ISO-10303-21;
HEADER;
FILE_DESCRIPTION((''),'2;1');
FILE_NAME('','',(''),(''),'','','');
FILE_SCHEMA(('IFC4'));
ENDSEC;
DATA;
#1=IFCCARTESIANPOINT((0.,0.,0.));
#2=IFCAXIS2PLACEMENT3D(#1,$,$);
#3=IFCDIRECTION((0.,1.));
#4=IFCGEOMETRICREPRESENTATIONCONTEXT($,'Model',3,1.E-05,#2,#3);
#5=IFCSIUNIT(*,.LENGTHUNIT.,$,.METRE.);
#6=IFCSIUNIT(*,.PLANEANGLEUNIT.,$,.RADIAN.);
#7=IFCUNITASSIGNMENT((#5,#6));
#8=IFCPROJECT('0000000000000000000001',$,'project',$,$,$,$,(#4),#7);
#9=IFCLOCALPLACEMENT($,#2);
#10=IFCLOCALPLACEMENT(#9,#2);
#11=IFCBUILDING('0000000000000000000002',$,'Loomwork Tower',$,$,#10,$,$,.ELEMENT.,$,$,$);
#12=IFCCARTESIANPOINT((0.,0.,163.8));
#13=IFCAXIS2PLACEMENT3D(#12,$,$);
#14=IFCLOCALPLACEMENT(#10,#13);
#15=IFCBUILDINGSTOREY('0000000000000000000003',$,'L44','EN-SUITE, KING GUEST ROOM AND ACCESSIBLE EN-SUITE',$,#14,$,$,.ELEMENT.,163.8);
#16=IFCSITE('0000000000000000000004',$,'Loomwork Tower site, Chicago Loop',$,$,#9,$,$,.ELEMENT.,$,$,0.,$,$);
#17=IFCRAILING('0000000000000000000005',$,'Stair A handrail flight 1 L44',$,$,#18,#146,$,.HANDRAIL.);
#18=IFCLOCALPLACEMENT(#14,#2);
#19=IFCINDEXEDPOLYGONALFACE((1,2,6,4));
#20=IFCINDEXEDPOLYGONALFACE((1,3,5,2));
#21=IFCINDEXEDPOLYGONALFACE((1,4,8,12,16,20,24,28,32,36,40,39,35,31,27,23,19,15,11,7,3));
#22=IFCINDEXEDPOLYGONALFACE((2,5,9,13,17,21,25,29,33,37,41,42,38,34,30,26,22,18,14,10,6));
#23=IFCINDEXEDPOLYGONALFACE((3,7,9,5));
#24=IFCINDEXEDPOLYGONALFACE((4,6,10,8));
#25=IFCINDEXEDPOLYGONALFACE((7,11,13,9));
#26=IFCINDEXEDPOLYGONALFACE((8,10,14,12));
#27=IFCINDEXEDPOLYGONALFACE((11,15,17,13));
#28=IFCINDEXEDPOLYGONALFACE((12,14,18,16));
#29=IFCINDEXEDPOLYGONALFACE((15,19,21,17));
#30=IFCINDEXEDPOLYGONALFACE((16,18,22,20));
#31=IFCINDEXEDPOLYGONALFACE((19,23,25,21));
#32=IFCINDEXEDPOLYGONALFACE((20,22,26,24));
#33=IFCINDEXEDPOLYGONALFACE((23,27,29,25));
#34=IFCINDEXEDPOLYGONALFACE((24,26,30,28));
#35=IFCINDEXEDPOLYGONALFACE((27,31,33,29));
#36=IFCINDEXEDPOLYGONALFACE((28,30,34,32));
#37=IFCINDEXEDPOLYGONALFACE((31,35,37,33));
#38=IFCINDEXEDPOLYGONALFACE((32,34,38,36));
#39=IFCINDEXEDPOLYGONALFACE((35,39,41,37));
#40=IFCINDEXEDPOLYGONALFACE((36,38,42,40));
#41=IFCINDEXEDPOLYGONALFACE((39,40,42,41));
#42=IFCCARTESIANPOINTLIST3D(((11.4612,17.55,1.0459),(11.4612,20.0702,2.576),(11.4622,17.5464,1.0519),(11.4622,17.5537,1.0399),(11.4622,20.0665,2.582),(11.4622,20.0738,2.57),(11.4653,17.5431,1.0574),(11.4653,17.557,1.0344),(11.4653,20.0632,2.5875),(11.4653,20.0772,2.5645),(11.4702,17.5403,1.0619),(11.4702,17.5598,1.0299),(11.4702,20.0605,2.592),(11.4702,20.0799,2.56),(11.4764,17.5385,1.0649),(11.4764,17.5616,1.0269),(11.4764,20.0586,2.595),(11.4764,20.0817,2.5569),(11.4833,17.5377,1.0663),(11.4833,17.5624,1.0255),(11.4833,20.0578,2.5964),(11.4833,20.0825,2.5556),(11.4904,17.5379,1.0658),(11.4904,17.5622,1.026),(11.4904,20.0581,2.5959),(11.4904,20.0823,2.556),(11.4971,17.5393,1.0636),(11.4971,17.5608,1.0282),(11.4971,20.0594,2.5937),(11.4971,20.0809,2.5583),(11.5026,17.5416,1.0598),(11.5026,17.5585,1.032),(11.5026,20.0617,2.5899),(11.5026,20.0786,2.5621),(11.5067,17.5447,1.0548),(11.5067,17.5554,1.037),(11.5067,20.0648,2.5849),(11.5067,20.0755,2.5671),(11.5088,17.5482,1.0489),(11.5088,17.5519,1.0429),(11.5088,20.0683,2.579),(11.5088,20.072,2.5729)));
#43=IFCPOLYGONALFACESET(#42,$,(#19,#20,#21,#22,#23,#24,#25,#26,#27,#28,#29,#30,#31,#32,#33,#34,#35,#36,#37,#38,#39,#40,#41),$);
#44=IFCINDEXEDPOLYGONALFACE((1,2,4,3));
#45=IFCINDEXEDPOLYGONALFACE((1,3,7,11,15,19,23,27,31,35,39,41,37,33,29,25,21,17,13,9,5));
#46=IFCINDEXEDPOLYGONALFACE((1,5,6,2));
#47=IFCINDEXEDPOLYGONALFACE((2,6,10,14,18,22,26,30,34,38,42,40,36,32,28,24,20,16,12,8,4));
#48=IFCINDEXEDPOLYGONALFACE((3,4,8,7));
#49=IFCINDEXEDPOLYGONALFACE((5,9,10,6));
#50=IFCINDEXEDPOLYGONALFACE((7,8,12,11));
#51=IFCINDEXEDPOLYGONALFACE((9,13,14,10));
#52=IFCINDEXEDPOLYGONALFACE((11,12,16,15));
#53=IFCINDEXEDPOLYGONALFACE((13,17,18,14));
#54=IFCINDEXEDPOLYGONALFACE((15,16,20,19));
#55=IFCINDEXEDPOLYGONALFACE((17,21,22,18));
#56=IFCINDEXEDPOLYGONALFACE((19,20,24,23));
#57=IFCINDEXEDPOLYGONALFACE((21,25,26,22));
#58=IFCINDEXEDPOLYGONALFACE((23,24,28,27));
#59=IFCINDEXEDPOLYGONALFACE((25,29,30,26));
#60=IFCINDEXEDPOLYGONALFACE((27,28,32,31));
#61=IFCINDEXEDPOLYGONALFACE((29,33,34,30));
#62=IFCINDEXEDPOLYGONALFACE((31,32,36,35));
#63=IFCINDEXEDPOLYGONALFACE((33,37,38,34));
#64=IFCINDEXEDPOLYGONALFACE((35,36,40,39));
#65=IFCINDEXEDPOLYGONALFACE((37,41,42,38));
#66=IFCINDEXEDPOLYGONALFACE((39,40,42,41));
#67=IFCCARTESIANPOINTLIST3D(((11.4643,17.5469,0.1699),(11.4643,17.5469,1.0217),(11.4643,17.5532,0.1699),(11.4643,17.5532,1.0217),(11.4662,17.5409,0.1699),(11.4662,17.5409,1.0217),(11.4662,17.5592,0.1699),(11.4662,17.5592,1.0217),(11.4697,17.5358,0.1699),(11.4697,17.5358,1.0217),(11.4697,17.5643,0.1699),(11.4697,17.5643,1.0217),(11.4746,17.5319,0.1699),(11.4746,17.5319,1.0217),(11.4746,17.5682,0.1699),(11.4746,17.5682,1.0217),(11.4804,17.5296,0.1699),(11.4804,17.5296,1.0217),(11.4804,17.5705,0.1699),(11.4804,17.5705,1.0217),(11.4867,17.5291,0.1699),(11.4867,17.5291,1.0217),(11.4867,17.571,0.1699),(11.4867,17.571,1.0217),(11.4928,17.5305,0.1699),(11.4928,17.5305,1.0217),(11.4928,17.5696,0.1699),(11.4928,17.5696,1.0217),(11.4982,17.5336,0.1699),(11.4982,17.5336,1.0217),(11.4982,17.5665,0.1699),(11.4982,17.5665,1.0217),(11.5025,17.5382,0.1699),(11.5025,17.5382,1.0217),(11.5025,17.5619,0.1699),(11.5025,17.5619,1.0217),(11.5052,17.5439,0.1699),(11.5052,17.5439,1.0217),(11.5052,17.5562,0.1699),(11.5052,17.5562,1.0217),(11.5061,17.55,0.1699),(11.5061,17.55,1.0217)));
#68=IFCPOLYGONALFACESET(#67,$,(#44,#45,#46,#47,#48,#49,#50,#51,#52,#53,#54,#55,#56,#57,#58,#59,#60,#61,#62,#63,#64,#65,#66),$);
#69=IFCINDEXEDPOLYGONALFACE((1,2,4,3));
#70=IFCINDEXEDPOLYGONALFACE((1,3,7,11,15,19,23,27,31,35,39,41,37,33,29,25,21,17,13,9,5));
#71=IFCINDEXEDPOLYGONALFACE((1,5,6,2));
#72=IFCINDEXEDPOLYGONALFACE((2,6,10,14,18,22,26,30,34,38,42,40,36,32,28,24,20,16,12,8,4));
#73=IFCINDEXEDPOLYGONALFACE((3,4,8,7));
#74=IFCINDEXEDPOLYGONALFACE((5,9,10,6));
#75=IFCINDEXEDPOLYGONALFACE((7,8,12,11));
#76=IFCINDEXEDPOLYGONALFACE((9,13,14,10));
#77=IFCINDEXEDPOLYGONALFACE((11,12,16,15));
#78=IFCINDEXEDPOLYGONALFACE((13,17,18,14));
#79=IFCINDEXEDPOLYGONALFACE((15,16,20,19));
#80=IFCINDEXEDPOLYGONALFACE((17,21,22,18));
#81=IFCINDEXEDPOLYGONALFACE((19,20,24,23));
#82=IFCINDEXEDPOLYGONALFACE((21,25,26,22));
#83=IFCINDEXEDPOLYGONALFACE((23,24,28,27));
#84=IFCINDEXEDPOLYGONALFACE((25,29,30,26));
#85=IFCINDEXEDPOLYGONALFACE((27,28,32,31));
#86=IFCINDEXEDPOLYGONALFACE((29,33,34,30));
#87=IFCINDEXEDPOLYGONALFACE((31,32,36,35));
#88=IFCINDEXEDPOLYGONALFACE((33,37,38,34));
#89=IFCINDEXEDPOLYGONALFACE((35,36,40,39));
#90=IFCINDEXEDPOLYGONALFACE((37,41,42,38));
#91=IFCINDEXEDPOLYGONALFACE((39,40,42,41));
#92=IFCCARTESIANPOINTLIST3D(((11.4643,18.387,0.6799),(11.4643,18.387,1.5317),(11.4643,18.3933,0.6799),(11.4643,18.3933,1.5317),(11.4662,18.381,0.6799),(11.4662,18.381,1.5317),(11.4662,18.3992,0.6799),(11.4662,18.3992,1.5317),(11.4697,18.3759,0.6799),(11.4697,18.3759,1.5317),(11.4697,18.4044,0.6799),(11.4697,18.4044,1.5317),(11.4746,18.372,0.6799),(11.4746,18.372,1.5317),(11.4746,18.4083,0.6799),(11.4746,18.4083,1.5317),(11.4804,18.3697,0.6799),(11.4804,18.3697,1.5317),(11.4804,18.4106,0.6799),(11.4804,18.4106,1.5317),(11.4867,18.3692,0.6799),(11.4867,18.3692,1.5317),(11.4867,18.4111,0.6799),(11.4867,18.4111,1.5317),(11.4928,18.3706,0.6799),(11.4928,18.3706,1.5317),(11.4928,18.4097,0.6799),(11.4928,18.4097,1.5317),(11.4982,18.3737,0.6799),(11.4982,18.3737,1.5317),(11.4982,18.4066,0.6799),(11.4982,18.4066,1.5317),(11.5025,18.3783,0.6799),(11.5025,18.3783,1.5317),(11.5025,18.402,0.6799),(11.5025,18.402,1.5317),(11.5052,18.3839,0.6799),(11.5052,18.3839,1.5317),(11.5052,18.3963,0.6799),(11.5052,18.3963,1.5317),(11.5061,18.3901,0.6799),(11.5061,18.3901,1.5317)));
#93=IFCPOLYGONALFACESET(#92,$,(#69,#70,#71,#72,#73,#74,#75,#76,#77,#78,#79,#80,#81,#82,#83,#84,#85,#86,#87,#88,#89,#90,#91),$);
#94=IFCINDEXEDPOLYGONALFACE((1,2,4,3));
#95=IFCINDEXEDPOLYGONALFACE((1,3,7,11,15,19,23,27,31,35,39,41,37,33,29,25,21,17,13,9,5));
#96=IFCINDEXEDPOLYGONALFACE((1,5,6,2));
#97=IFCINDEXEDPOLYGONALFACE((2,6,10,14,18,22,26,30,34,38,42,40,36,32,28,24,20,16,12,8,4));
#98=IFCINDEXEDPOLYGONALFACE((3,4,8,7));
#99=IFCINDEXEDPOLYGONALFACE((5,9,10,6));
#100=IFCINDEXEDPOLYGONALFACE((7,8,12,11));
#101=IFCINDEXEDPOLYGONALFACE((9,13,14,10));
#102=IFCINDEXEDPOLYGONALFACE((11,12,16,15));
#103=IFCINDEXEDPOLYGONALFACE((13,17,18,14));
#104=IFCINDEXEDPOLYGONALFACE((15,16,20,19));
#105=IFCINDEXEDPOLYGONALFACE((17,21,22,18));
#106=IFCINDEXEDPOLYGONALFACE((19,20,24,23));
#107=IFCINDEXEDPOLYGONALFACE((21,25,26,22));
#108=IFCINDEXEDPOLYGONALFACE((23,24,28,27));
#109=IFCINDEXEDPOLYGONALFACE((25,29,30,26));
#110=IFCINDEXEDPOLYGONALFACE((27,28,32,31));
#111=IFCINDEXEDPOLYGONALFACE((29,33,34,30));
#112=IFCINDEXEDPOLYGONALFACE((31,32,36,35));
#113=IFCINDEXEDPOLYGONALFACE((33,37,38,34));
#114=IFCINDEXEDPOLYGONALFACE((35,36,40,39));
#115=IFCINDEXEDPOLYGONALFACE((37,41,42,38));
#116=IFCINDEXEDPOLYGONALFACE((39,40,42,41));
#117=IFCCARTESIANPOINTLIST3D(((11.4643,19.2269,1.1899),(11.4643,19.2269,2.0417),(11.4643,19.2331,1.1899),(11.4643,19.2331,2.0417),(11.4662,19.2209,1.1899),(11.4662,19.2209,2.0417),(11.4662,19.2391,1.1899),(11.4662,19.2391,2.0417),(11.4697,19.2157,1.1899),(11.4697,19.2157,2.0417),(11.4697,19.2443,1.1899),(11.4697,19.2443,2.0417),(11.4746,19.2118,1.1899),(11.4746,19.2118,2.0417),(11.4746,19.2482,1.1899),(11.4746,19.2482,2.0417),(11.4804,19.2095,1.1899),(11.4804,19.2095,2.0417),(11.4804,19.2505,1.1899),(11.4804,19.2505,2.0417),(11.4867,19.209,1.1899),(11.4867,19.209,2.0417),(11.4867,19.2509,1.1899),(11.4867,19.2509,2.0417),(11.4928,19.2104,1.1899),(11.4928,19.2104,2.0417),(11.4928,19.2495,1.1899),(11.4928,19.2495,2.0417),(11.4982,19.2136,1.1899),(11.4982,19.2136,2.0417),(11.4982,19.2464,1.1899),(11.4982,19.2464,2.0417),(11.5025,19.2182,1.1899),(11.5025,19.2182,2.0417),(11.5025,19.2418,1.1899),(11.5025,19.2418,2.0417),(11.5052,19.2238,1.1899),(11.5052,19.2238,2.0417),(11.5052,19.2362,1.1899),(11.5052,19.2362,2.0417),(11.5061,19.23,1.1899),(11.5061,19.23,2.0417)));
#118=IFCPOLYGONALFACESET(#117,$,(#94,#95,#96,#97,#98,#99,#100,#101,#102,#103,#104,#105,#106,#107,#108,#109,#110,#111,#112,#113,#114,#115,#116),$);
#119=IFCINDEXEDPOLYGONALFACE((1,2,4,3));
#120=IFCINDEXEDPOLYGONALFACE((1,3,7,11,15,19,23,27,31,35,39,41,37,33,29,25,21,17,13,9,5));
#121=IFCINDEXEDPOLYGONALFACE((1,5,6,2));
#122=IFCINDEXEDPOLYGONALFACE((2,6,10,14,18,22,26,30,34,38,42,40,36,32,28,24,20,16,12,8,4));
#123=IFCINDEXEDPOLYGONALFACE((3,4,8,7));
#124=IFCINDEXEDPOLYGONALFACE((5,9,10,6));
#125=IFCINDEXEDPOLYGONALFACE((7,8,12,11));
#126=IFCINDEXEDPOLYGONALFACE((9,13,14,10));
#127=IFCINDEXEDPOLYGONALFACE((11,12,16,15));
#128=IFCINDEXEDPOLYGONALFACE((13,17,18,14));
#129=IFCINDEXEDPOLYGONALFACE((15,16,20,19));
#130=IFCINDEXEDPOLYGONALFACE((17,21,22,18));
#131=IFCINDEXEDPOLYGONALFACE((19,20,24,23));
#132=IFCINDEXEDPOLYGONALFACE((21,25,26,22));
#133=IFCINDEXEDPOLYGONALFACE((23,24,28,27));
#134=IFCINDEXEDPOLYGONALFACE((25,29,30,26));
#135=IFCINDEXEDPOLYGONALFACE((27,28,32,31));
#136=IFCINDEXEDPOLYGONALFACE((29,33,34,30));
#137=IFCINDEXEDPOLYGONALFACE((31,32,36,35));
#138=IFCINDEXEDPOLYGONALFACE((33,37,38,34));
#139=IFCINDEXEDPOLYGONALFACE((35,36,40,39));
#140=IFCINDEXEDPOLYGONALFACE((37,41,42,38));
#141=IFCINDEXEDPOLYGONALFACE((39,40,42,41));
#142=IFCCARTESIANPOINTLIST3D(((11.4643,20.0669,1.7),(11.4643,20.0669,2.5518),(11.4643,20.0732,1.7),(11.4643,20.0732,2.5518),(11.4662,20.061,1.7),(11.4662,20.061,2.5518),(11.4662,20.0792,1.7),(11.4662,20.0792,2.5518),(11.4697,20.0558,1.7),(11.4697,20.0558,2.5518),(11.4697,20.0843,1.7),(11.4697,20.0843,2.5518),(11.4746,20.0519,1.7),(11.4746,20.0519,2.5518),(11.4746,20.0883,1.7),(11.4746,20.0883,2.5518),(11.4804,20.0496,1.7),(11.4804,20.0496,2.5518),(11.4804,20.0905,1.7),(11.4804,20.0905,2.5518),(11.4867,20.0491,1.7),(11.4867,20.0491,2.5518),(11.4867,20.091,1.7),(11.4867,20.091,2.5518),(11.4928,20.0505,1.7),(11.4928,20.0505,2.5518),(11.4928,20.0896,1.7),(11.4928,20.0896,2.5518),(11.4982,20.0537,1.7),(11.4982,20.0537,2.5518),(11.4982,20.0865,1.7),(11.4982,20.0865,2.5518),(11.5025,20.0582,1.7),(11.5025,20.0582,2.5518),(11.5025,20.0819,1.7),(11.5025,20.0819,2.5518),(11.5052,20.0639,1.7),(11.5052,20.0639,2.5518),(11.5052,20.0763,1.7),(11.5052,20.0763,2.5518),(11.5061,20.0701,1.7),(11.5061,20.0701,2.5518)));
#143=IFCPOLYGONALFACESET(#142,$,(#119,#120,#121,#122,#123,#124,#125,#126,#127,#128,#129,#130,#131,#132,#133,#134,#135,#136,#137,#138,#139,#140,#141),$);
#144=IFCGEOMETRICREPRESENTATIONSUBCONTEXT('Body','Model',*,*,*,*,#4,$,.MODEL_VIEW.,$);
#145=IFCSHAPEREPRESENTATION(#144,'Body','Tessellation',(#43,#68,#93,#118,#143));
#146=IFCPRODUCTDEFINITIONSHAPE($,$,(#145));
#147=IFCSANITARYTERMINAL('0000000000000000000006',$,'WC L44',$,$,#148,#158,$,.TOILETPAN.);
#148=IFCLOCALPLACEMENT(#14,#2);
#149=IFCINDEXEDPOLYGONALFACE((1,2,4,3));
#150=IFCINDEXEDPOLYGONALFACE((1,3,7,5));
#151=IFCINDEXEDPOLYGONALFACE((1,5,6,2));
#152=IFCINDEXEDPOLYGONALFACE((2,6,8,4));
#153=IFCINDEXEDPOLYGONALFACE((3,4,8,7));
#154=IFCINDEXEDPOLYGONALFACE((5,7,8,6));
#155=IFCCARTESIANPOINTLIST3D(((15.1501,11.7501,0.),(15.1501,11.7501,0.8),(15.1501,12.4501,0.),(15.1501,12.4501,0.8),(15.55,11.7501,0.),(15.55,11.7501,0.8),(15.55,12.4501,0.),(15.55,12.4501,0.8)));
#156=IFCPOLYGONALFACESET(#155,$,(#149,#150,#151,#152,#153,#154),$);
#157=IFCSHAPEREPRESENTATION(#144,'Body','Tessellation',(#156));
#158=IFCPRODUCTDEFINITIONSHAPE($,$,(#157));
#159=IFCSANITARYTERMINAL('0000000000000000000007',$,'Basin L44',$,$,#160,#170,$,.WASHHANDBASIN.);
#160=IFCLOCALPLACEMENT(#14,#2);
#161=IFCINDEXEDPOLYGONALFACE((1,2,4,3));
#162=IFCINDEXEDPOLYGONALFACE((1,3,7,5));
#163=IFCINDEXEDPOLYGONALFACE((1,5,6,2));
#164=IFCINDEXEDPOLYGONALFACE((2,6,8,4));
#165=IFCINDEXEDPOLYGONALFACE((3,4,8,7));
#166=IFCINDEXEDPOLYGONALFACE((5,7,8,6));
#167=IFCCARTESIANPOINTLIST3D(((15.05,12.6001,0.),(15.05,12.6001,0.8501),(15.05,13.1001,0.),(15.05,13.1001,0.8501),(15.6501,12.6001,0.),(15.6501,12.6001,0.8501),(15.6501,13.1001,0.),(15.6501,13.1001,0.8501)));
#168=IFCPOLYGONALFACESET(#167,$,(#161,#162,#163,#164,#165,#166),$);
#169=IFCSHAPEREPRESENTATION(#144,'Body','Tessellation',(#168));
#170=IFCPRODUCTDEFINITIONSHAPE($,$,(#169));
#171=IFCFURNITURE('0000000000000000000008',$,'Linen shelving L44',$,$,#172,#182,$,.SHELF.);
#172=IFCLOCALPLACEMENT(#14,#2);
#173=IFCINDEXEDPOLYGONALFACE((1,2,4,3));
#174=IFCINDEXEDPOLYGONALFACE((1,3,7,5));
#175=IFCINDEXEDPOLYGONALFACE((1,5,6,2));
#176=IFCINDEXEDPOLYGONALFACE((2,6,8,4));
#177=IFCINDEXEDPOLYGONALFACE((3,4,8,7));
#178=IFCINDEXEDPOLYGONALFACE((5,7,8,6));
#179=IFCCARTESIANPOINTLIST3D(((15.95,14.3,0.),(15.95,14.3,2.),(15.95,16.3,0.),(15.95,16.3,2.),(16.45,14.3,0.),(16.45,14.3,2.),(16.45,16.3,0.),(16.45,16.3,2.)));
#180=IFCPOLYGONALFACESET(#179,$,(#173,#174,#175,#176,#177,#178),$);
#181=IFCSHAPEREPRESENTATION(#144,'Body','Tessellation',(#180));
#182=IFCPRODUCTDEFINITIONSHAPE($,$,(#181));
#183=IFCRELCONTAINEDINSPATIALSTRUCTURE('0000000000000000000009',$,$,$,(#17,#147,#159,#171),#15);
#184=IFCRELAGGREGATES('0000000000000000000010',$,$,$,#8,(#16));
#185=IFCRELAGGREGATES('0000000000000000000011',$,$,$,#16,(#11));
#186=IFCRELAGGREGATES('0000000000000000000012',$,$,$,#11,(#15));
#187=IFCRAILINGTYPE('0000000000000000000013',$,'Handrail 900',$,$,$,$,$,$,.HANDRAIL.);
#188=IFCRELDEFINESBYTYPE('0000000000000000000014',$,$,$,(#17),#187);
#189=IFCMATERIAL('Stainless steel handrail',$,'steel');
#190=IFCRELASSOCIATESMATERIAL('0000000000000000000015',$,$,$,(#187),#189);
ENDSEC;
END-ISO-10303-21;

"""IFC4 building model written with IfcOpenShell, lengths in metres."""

from ifc_helpers import new_model, si_unit, direction, frame, origin, origin_2d, place, context, subcontext, project, spatial, rectangle, circle, extrude, material, type_object, element, save


model = new_model("IFC4")

# Units and contexts
model_context = context("Model", 3, precision=1e-05, world=origin(), true_north=direction((0.0, 1.0)))
body_context = subcontext(model_context, "Body", "Model", "MODEL_VIEW")
ifc_project = project(units=[si_unit("LENGTHUNIT", "METRE"), si_unit("PLANEANGLEUNIT", "RADIAN")], contexts=[model_context])

# Site, building, storey
site_placement = place(None, origin())
site = spatial("IfcSite", under=ifc_project, at=site_placement, Name="Loomwork Tower site, Chicago Loop", CompositionType="ELEMENT", RefElevation=0.0)
building_placement = place(site_placement, origin())
building = spatial("IfcBuilding", under=site, at=building_placement, Name="Loomwork Tower", CompositionType="ELEMENT")
storey_placement = place(building_placement, frame((0.0, 0.0, 163.8)))
storey = spatial("IfcBuildingStorey", under=building, at=storey_placement, Name="L44", Description="EN-SUITE, KING GUEST ROOM AND ACCESSIBLE EN-SUITE", CompositionType="ELEMENT", Elevation=163.8)

# Railing
ifc_material_1 = material(Name="Stainless steel handrail", Category="steel")
railing_type = type_object("IfcRailingType", Name="Handrail 900", PredefinedType="HANDRAIL", material=ifc_material_1)
railing_placement = place(storey_placement, frame((11.4851, 17.55, 0.1699)))
element("IfcRailing", 1, at=railing_placement, inside=storey, type_object=railing_type, Name="Stair A handrail flight 1 L44", PredefinedType="HANDRAIL", context=body_context, shape_type="SweptSolid", body=[
    extrude(circle(Radius=0.0239, at=origin_2d()), frame((0.0, 0.0, 0.876), z_axis=(0.0, 0.854785, 0.518982), x_axis=(-1.0, 0.0, 0.0)), (0.0, 0.0, 1.0), 2.9482),
    extrude(circle(Radius=0.021, at=origin_2d()), origin(), (0.0, 0.0, 1.0), 0.8518),
    extrude(circle(Radius=0.021, at=origin_2d()), frame((0.0, 0.8401, 0.51)), (0.0, 0.0, 1.0), 0.8518),
    extrude(circle(Radius=0.021, at=origin_2d()), frame((0.0, 1.6799, 1.02)), (0.0, 0.0, 1.0), 0.8518),
    extrude(circle(Radius=0.021, at=origin_2d()), frame((0.0, 2.52, 1.53)), (0.0, 0.0, 1.0), 0.8518),
])

# Sanitary terminals
sanitary_terminal_1_placement = place(storey_placement, frame((15.3501, 12.1001, 0.0), z_axis=(0.0, 0.0, 1.0), x_axis=(1.0, 0.0, 0.0)))
element("IfcSanitaryTerminal", 2, at=sanitary_terminal_1_placement, inside=storey, Name="WC L44", PredefinedType="TOILETPAN", context=body_context, shape_type="SweptSolid", body=[
    extrude(rectangle(XDim=0.3999, YDim=0.7, at=origin_2d()), origin(), (0.0, 0.0, 1.0), 0.8),
])
sanitary_terminal_2_placement = place(storey_placement, frame((15.3501, 12.8501, 0.0), z_axis=(0.0, 0.0, 1.0), x_axis=(1.0, 0.0, 0.0)))
element("IfcSanitaryTerminal", 3, at=sanitary_terminal_2_placement, inside=storey, Name="Basin L44", PredefinedType="WASHHANDBASIN", context=body_context, shape_type="SweptSolid", body=[
    extrude(rectangle(XDim=0.6001, YDim=0.5, at=origin_2d()), origin(), (0.0, 0.0, 1.0), 0.8501),
])

# Furniture
furniture_placement = place(storey_placement, frame((16.2, 15.3, 0.0), z_axis=(0.0, 0.0, 1.0), x_axis=(1.0, 0.0, 0.0)))
element("IfcFurniture", 4, at=furniture_placement, inside=storey, Name="Linen shelving L44", PredefinedType="SHELF", context=body_context, shape_type="SweptSolid", body=[
    extrude(rectangle(XDim=0.5, YDim=2.0, at=origin_2d()), origin(), (0.0, 0.0, 1.0), 2.0),
])

save(model, "model.ifc")
